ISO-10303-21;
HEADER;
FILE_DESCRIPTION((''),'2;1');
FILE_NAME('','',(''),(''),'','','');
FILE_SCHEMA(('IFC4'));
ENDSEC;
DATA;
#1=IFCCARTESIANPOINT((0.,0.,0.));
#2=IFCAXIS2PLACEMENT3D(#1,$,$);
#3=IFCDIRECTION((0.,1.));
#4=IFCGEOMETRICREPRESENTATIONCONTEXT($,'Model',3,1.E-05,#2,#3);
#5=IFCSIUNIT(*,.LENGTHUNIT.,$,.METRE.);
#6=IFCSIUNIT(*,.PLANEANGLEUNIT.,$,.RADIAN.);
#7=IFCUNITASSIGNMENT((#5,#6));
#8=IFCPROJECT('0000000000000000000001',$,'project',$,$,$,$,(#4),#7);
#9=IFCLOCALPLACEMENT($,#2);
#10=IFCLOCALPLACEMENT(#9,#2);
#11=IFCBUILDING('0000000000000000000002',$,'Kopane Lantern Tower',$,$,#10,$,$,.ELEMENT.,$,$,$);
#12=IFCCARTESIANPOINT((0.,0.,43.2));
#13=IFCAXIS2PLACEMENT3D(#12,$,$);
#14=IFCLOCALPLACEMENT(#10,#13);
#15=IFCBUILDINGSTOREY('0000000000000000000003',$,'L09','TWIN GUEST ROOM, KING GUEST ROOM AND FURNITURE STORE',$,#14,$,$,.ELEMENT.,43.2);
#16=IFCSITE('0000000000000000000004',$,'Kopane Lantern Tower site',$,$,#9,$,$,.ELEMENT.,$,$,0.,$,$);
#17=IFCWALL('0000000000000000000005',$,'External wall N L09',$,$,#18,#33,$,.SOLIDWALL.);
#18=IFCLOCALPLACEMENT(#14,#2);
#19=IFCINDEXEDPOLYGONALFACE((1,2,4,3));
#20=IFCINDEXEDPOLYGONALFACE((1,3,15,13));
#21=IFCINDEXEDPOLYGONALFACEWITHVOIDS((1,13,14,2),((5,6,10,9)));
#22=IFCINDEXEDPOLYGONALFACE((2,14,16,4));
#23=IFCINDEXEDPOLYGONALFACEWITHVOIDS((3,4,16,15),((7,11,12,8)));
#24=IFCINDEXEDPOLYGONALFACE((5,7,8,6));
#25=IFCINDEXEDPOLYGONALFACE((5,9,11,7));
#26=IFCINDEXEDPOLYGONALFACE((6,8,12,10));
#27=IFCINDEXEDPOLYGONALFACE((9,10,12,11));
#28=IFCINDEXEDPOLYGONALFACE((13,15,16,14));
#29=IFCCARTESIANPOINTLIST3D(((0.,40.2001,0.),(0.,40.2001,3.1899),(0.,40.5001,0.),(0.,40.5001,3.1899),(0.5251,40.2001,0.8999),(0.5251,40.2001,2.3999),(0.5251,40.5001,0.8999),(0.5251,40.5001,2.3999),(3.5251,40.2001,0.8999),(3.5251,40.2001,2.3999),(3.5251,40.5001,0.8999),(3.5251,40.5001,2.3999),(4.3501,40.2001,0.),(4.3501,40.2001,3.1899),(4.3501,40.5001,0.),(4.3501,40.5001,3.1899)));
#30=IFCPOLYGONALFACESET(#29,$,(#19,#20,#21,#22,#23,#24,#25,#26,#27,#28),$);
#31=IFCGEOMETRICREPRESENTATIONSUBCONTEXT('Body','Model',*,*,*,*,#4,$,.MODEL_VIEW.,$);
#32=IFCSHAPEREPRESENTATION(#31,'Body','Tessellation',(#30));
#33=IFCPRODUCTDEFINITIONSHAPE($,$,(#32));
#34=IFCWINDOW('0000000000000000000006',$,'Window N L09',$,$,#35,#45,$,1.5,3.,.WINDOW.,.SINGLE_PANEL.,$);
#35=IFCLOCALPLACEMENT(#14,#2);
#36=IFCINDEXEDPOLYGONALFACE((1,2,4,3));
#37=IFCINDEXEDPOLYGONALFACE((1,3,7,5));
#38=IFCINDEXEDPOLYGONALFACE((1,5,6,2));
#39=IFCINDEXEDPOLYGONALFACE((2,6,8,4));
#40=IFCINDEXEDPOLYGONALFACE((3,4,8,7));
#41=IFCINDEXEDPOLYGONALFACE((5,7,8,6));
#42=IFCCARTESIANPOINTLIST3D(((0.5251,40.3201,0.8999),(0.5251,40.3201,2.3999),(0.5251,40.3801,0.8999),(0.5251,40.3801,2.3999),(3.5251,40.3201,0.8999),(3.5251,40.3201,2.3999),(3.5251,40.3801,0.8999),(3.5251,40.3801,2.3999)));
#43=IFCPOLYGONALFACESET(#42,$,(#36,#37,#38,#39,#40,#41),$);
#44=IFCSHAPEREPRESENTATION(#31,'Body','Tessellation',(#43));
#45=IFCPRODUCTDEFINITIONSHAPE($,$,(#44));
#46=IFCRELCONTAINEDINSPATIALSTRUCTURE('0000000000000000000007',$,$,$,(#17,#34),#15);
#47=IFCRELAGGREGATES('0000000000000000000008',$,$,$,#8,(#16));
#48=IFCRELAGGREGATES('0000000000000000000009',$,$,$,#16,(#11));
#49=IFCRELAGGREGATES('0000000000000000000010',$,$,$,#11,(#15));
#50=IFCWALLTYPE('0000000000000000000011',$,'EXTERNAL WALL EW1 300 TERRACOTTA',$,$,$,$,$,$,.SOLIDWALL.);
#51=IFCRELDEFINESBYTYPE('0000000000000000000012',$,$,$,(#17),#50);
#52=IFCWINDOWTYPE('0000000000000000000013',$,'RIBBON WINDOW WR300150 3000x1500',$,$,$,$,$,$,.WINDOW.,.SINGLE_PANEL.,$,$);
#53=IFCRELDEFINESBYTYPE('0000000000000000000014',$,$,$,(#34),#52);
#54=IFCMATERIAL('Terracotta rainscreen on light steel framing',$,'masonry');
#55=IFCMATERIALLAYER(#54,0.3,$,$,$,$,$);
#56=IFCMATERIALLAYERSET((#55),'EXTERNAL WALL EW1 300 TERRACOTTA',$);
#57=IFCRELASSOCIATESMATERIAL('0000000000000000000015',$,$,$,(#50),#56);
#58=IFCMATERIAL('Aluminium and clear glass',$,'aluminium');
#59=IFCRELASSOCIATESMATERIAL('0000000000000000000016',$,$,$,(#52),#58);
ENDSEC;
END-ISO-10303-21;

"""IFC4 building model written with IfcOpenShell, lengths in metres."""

from ifc_helpers import new_model, si_unit, direction, frame, frame_2d, origin, place, context, subcontext, project, spatial, rectangle, extrude, material, layer, layer_set, type_object, element, fill, save


model = new_model("IFC4")

# Units and contexts
model_context = context("Model", 3, precision=1e-05, world=origin(), true_north=direction((0.0, 1.0)))
body_context = subcontext(model_context, "Body", "Model", "MODEL_VIEW")
ifc_project = project(units=[si_unit("LENGTHUNIT", "METRE"), si_unit("PLANEANGLEUNIT", "RADIAN")], contexts=[model_context])

# Site, building, storey
site_placement = place(None, origin())
site = spatial("IfcSite", under=ifc_project, at=site_placement, Name="Kopane Lantern Tower site", CompositionType="ELEMENT", RefElevation=0.0)
building_placement = place(site_placement, origin())
building = spatial("IfcBuilding", under=site, at=building_placement, Name="Kopane Lantern Tower", CompositionType="ELEMENT")
storey_placement = place(building_placement, frame((0.0, 0.0, 43.2)))
storey = spatial("IfcBuildingStorey", under=building, at=storey_placement, Name="L09", Description="TWIN GUEST ROOM, KING GUEST ROOM AND FURNITURE STORE", CompositionType="ELEMENT", Elevation=43.2)

# Wall, opening, window
ifc_material_1 = material(Name="Terracotta rainscreen on light steel framing", Category="masonry")
ifc_layer_1 = layer(ifc_material_1, 0.3)
ifc_layer_set_1 = layer_set([ifc_layer_1], Name="EXTERNAL WALL EW1 300 TERRACOTTA")
wall_type_1 = type_object("IfcWallType", Name="EXTERNAL WALL EW1 300 TERRACOTTA", PredefinedType="SOLIDWALL", material=ifc_layer_set_1)
wall_1_placement = place(storey_placement, frame((4.3501, 40.3501, 0.0), z_axis=(0.0, 0.0, 1.0), x_axis=(-1.0, 0.0, 0.0)))
wall_1 = element("IfcWall", 1, at=wall_1_placement, inside=storey, type_object=wall_type_1, Name="External wall N L09", PredefinedType="SOLIDWALL", context=body_context, shape_type="SweptSolid", body=[
    extrude(rectangle(XDim=4.3501, YDim=0.3, at=frame_2d((2.175, 0.0))), origin(), (0.0, 0.0, 1.0), 3.1899),
])
opening_1_placement = place(wall_1_placement, frame((0.825, 0.0, 0.8999)))
opening_1 = element("IfcOpeningElement", 2, at=opening_1_placement, cuts=wall_1, PredefinedType="OPENING", context=body_context, shape_type="SweptSolid", body=[
    extrude(rectangle(XDim=3.0, YDim=1.5, at=frame_2d((1.5, 0.75))), frame((0.0, 0.1599, 0.0), z_axis=(0.0, -1.0, 0.0), x_axis=(1.0, 0.0, 0.0)), (0.0, 0.0, 1.0), 0.3201),
])
ifc_material_2 = material(Name="Aluminium and clear glass", Category="aluminium")
window_type_1 = type_object("IfcWindowType", Name="RIBBON WINDOW WR300150 3000x1500", PartitioningType="SINGLE_PANEL", PredefinedType="WINDOW", material=ifc_material_2)
window_1_placement = place(opening_1_placement, origin())
window_1 = element("IfcWindow", 3, at=window_1_placement, inside=storey, type_object=window_type_1, Name="Window N L09", OverallHeight=1.5, OverallWidth=3.0, PartitioningType="SINGLE_PANEL", PredefinedType="WINDOW", context=body_context, shape_type="SweptSolid", body=[
    extrude(rectangle(XDim=3.0, YDim=1.5, at=frame_2d((1.5, 0.75))), frame((0.0, 0.03, 0.0), z_axis=(0.0, -1.0, 0.0), x_axis=(1.0, 0.0, 0.0)), (0.0, 0.0, 1.0), 0.0601),
])
fill(opening_1, window_1)

save(model, "model.ifc")
